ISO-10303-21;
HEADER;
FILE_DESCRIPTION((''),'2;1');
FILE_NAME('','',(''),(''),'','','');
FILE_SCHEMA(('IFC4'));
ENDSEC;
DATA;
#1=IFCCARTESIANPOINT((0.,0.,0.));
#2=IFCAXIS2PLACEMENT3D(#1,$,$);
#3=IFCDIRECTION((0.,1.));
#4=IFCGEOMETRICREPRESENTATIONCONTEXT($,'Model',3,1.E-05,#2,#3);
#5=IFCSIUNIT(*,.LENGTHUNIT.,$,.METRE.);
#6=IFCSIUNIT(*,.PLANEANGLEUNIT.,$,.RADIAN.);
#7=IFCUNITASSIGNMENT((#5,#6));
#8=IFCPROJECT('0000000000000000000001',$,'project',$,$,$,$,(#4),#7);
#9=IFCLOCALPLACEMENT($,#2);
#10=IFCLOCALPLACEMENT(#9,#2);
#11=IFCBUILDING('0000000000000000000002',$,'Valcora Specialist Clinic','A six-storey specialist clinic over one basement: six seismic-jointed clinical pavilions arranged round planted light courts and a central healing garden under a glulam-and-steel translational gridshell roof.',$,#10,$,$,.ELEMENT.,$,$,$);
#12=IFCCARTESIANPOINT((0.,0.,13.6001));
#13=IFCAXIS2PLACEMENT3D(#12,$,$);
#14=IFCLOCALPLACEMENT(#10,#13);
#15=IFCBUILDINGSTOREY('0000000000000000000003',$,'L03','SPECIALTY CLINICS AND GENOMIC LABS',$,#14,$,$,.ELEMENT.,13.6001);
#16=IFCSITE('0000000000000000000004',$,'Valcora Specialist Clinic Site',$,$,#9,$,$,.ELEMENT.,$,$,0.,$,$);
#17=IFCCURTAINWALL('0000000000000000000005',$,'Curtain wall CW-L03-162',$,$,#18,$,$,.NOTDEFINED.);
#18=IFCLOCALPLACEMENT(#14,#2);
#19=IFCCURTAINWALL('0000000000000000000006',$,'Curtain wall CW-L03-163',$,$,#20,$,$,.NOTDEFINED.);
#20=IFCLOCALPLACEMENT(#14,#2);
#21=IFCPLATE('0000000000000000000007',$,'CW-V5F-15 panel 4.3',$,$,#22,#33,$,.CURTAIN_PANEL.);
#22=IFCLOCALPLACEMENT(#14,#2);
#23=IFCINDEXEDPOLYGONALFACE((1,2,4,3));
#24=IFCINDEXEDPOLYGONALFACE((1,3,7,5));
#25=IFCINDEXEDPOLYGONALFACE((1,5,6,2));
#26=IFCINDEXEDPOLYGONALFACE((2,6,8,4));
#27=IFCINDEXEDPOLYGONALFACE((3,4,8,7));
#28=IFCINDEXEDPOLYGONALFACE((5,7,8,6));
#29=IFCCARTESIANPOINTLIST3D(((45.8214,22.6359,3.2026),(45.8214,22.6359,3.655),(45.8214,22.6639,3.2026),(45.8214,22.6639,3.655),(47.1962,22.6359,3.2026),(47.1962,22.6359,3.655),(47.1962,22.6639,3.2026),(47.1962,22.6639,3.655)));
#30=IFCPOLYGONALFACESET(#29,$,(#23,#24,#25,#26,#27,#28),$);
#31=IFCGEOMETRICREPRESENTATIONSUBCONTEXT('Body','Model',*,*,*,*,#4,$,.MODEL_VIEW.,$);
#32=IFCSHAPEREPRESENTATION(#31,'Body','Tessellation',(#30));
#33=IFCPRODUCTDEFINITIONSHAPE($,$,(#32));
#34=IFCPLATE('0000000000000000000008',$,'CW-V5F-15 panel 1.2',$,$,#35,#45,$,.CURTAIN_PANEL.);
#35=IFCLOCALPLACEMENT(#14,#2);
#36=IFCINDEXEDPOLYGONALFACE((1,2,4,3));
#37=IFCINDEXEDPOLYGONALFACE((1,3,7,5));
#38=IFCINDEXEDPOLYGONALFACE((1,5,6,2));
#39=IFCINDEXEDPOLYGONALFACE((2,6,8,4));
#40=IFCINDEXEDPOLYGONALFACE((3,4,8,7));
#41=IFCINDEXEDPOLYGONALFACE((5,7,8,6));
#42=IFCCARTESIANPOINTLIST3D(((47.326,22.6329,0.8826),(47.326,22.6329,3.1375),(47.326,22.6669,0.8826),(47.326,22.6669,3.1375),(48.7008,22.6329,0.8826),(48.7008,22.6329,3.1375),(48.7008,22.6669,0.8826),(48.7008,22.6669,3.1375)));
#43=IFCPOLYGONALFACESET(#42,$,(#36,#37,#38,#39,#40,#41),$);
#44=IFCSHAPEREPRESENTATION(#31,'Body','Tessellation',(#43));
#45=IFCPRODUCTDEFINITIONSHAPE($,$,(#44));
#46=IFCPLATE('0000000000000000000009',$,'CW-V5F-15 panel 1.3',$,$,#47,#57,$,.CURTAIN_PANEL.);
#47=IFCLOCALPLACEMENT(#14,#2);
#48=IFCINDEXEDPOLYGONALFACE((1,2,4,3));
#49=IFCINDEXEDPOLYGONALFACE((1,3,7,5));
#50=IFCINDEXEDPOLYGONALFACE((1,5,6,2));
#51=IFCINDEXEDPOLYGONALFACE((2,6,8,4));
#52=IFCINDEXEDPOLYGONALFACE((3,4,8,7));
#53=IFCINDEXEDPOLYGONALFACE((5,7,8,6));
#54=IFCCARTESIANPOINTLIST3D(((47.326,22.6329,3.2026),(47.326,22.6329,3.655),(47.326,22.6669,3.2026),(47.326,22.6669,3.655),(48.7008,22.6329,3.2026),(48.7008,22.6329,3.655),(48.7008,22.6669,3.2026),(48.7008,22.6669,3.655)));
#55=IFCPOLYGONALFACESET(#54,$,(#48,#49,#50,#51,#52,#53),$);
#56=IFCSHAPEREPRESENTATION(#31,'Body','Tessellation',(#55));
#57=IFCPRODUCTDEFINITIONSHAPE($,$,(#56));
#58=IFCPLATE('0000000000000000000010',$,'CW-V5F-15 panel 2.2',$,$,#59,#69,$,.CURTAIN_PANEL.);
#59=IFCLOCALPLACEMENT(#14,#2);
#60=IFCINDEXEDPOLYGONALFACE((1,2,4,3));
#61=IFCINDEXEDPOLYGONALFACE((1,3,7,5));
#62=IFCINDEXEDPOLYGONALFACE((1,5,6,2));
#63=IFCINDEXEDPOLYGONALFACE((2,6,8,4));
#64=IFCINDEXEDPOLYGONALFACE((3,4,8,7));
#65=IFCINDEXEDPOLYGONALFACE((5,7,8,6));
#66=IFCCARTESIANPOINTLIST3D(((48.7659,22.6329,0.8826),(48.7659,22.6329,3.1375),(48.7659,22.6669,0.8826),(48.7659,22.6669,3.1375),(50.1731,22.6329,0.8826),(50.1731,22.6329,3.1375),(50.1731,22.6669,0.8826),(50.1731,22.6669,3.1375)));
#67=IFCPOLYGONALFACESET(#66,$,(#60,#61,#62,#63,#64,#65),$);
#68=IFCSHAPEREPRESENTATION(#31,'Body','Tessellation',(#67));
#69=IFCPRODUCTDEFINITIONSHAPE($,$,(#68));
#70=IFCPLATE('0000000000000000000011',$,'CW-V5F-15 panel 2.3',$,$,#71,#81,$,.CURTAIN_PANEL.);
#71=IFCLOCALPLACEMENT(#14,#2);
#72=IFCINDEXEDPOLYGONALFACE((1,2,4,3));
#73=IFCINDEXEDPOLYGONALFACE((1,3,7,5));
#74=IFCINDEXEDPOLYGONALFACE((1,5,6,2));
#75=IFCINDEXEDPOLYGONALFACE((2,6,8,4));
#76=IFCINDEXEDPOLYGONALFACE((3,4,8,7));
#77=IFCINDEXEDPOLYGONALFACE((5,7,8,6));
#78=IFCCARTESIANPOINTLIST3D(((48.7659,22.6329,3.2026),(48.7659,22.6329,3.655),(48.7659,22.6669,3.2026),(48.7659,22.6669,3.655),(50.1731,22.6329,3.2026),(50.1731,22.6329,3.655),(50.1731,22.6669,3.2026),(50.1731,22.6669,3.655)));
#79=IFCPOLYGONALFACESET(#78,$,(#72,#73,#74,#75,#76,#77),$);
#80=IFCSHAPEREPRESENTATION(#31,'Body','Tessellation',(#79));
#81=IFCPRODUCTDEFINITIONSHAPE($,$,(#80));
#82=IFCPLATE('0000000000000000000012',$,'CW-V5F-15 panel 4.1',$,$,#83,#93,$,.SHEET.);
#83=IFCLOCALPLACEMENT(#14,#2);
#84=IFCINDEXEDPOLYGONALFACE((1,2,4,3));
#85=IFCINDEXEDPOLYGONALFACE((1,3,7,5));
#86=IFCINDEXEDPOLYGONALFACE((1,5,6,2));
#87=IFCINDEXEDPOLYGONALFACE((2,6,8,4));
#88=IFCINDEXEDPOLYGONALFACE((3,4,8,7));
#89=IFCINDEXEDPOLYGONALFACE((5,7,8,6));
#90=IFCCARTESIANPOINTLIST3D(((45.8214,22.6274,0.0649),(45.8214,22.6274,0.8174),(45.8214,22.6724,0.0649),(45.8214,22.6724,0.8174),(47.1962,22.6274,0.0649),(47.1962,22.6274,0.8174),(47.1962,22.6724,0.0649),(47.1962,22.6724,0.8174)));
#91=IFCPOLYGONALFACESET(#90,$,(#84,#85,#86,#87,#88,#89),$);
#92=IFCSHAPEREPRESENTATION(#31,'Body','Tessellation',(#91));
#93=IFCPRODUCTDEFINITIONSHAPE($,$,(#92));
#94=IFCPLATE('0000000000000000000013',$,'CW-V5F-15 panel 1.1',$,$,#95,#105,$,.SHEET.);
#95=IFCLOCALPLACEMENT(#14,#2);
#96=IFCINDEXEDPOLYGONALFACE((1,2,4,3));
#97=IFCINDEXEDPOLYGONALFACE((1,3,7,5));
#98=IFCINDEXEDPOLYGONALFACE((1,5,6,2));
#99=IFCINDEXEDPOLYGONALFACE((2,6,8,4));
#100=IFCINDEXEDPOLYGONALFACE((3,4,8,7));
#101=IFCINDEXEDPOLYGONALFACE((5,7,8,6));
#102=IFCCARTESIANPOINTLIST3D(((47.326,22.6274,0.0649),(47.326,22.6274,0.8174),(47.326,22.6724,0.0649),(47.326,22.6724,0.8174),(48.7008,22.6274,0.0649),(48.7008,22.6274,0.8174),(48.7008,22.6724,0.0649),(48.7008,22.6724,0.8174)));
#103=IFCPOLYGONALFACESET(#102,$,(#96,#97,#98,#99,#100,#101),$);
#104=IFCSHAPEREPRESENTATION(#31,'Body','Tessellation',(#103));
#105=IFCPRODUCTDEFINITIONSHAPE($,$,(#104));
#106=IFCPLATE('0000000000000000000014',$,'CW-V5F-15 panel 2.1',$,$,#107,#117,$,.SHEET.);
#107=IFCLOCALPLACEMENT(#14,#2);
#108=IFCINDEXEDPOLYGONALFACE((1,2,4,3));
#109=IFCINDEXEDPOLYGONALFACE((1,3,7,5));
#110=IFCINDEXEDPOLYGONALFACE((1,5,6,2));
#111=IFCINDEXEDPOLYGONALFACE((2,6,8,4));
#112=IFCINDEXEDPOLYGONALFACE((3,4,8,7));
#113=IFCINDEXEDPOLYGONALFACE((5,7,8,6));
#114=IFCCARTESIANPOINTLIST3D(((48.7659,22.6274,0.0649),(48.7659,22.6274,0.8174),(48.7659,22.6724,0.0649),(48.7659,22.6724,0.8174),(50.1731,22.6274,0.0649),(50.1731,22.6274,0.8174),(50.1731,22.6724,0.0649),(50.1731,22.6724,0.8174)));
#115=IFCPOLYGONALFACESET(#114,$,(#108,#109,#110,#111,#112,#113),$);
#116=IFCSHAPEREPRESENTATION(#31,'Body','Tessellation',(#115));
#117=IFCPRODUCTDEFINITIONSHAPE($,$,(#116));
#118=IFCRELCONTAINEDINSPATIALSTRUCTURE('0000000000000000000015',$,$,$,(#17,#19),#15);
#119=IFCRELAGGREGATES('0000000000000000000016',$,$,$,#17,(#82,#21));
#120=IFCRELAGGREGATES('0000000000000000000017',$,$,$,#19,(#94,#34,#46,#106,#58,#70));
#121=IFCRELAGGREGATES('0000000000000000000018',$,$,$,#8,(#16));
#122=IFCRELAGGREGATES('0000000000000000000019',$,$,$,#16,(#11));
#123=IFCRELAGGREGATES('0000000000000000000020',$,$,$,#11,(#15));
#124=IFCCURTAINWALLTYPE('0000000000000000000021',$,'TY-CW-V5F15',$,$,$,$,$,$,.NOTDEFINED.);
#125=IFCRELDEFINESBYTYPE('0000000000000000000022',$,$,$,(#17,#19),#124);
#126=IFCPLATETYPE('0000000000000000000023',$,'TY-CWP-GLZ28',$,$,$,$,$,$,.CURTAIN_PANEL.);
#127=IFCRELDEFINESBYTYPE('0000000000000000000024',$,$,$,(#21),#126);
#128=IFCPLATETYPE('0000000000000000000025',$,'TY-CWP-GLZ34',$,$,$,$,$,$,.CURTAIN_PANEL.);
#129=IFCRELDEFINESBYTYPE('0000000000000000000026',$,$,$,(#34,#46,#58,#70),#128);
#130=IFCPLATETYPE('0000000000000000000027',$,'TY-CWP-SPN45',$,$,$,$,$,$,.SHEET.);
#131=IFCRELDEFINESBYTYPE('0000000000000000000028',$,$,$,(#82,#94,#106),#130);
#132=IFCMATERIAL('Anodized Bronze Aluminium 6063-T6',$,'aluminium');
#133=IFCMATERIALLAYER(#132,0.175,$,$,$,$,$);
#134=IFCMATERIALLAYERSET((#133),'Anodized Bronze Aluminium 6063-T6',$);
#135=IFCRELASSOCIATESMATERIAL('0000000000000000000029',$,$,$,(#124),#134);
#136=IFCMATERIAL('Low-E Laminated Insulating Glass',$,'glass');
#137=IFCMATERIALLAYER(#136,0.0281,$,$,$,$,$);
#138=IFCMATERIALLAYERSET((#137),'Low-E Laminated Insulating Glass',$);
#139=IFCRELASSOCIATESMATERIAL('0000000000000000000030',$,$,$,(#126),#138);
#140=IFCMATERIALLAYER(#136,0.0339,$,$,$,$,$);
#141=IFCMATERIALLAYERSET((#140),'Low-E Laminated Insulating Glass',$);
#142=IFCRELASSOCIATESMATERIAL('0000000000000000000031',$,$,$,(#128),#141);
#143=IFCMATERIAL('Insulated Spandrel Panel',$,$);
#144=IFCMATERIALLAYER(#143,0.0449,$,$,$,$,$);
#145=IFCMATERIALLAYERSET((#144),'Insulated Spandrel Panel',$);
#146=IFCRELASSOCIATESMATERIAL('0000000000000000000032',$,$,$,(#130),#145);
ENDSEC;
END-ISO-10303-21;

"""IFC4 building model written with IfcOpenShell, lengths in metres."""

from ifc_helpers import new_model, si_unit, direction, frame, origin, origin_2d, place, context, subcontext, project, spatial, rectangle, extrude, material, layer, layer_set, type_object, element, aggregate, save


model = new_model("IFC4")

# Units and contexts
model_context = context("Model", 3, precision=1e-05, world=origin(), true_north=direction((0.0, 1.0)))
body_context = subcontext(model_context, "Body", "Model", "MODEL_VIEW")
ifc_project = project(units=[si_unit("LENGTHUNIT", "METRE"), si_unit("PLANEANGLEUNIT", "RADIAN")], contexts=[model_context])

# Site, building, storey
site_placement = place(None, origin())
site = spatial("IfcSite", under=ifc_project, at=site_placement, Name="Valcora Specialist Clinic Site", CompositionType="ELEMENT", RefElevation=0.0)
building_placement = place(site_placement, origin())
building = spatial("IfcBuilding", under=site, at=building_placement, Name="Valcora Specialist Clinic", Description="A six-storey specialist clinic over one basement: six seismic-jointed clinical pavilions arranged round planted light courts and a central healing garden under a glulam-and-steel translational gridshell roof.", CompositionType="ELEMENT")
storey_placement = place(building_placement, frame((0.0, 0.0, 13.6001)))
storey = spatial("IfcBuildingStorey", under=building, at=storey_placement, Name="L03", Description="SPECIALTY CLINICS AND GENOMIC LABS", CompositionType="ELEMENT", Elevation=13.6001)

# Curtain walls
ifc_material_1 = material(Name="Anodized Bronze Aluminium 6063-T6", Category="aluminium")
ifc_layer_1 = layer(ifc_material_1, 0.175)
ifc_layer_set_1 = layer_set([ifc_layer_1], Name="Anodized Bronze Aluminium 6063-T6")
curtain_wall_type = type_object("IfcCurtainWallType", Name="TY-CW-V5F15", PredefinedType="NOTDEFINED", material=ifc_layer_set_1)
curtain_wall_1_placement = place(storey_placement, origin())
curtain_wall_1 = element("IfcCurtainWall", 1, at=curtain_wall_1_placement, inside=storey, type_object=curtain_wall_type, Name="Curtain wall CW-L03-162", PredefinedType="NOTDEFINED")
curtain_wall_2_placement = place(storey_placement, origin())
curtain_wall_2 = element("IfcCurtainWall", 2, at=curtain_wall_2_placement, inside=storey, type_object=curtain_wall_type, Name="Curtain wall CW-L03-163", PredefinedType="NOTDEFINED")

# Plates
ifc_material_2 = material(Name="Low-E Laminated Insulating Glass", Category="glass")
ifc_layer_2 = layer(ifc_material_2, 0.0281)
ifc_layer_set_2 = layer_set([ifc_layer_2], Name="Low-E Laminated Insulating Glass")
plate_type_1 = type_object("IfcPlateType", Name="TY-CWP-GLZ28", PredefinedType="CURTAIN_PANEL", material=ifc_layer_set_2)
plate_1_placement = place(storey_placement, frame((46.5088, 22.6499, 3.2026), z_axis=(0.0, 0.0, 1.0), x_axis=(1.0, 0.0, 0.0)))
plate_1 = element("IfcPlate", 3, at=plate_1_placement, type_object=plate_type_1, Name="CW-V5F-15 panel 4.3", PredefinedType="CURTAIN_PANEL", context=body_context, shape_type="SweptSolid", body=[
    extrude(rectangle(XDim=1.3748, YDim=0.0281, at=origin_2d()), origin(), (0.0, 0.0, 1.0), 0.4524),
])
ifc_layer_3 = layer(ifc_material_2, 0.0339)
ifc_layer_set_3 = layer_set([ifc_layer_3], Name="Low-E Laminated Insulating Glass")
plate_type_2 = type_object("IfcPlateType", Name="TY-CWP-GLZ34", PredefinedType="CURTAIN_PANEL", material=ifc_layer_set_3)
plate_2_placement = place(storey_placement, frame((48.0134, 22.6499, 0.8826), z_axis=(0.0, 0.0, 1.0), x_axis=(1.0, 0.0, 0.0)))
plate_2 = element("IfcPlate", 4, at=plate_2_placement, type_object=plate_type_2, Name="CW-V5F-15 panel 1.2", PredefinedType="CURTAIN_PANEL", context=body_context, shape_type="SweptSolid", body=[
    extrude(rectangle(XDim=1.3748, YDim=0.0339, at=origin_2d()), origin(), (0.0, 0.0, 1.0), 2.2549),
])
plate_3_placement = place(storey_placement, frame((48.0134, 22.6499, 3.2026), z_axis=(0.0, 0.0, 1.0), x_axis=(1.0, 0.0, 0.0)))
plate_3 = element("IfcPlate", 5, at=plate_3_placement, type_object=plate_type_2, Name="CW-V5F-15 panel 1.3", PredefinedType="CURTAIN_PANEL", context=body_context, shape_type="SweptSolid", body=[
    extrude(rectangle(XDim=1.3748, YDim=0.0339, at=origin_2d()), origin(), (0.0, 0.0, 1.0), 0.4524),
])
plate_4_placement = place(storey_placement, frame((49.4695, 22.6499, 0.8826), z_axis=(0.0, 0.0, 1.0), x_axis=(1.0, 0.0, 0.0)))
plate_4 = element("IfcPlate", 6, at=plate_4_placement, type_object=plate_type_2, Name="CW-V5F-15 panel 2.2", PredefinedType="CURTAIN_PANEL", context=body_context, shape_type="SweptSolid", body=[
    extrude(rectangle(XDim=1.4072, YDim=0.0339, at=origin_2d()), origin(), (0.0, 0.0, 1.0), 2.2549),
])
plate_5_placement = place(storey_placement, frame((49.4695, 22.6499, 3.2026), z_axis=(0.0, 0.0, 1.0), x_axis=(1.0, 0.0, 0.0)))
plate_5 = element("IfcPlate", 7, at=plate_5_placement, type_object=plate_type_2, Name="CW-V5F-15 panel 2.3", PredefinedType="CURTAIN_PANEL", context=body_context, shape_type="SweptSolid", body=[
    extrude(rectangle(XDim=1.4072, YDim=0.0339, at=origin_2d()), origin(), (0.0, 0.0, 1.0), 0.4524),
])
ifc_material_3 = material(Name="Insulated Spandrel Panel")
ifc_layer_4 = layer(ifc_material_3, 0.0449)
ifc_layer_set_4 = layer_set([ifc_layer_4], Name="Insulated Spandrel Panel")
plate_type_3 = type_object("IfcPlateType", Name="TY-CWP-SPN45", PredefinedType="SHEET", material=ifc_layer_set_4)
plate_6_placement = place(storey_placement, frame((46.5088, 22.6499, 0.0649), z_axis=(0.0, 0.0, 1.0), x_axis=(1.0, 0.0, 0.0)))
plate_6 = element("IfcPlate", 8, at=plate_6_placement, type_object=plate_type_3, Name="CW-V5F-15 panel 4.1", PredefinedType="SHEET", context=body_context, shape_type="SweptSolid", body=[
    extrude(rectangle(XDim=1.3748, YDim=0.0449, at=origin_2d()), origin(), (0.0, 0.0, 1.0), 0.7524),
])
aggregate(curtain_wall_1, [plate_6, plate_1])
plate_7_placement = place(storey_placement, frame((48.0134, 22.6499, 0.0649), z_axis=(0.0, 0.0, 1.0), x_axis=(1.0, 0.0, 0.0)))
plate_7 = element("IfcPlate", 9, at=plate_7_placement, type_object=plate_type_3, Name="CW-V5F-15 panel 1.1", PredefinedType="SHEET", context=body_context, shape_type="SweptSolid", body=[
    extrude(rectangle(XDim=1.3748, YDim=0.0449, at=origin_2d()), origin(), (0.0, 0.0, 1.0), 0.7524),
])
plate_8_placement = place(storey_placement, frame((49.4695, 22.6499, 0.0649), z_axis=(0.0, 0.0, 1.0), x_axis=(1.0, 0.0, 0.0)))
plate_8 = element("IfcPlate", 10, at=plate_8_placement, type_object=plate_type_3, Name="CW-V5F-15 panel 2.1", PredefinedType="SHEET", context=body_context, shape_type="SweptSolid", body=[
    extrude(rectangle(XDim=1.4072, YDim=0.0449, at=origin_2d()), origin(), (0.0, 0.0, 1.0), 0.7524),
])
aggregate(curtain_wall_2, [plate_7, plate_2, plate_3, plate_8, plate_4, plate_5])

save(model, "model.ifc")
